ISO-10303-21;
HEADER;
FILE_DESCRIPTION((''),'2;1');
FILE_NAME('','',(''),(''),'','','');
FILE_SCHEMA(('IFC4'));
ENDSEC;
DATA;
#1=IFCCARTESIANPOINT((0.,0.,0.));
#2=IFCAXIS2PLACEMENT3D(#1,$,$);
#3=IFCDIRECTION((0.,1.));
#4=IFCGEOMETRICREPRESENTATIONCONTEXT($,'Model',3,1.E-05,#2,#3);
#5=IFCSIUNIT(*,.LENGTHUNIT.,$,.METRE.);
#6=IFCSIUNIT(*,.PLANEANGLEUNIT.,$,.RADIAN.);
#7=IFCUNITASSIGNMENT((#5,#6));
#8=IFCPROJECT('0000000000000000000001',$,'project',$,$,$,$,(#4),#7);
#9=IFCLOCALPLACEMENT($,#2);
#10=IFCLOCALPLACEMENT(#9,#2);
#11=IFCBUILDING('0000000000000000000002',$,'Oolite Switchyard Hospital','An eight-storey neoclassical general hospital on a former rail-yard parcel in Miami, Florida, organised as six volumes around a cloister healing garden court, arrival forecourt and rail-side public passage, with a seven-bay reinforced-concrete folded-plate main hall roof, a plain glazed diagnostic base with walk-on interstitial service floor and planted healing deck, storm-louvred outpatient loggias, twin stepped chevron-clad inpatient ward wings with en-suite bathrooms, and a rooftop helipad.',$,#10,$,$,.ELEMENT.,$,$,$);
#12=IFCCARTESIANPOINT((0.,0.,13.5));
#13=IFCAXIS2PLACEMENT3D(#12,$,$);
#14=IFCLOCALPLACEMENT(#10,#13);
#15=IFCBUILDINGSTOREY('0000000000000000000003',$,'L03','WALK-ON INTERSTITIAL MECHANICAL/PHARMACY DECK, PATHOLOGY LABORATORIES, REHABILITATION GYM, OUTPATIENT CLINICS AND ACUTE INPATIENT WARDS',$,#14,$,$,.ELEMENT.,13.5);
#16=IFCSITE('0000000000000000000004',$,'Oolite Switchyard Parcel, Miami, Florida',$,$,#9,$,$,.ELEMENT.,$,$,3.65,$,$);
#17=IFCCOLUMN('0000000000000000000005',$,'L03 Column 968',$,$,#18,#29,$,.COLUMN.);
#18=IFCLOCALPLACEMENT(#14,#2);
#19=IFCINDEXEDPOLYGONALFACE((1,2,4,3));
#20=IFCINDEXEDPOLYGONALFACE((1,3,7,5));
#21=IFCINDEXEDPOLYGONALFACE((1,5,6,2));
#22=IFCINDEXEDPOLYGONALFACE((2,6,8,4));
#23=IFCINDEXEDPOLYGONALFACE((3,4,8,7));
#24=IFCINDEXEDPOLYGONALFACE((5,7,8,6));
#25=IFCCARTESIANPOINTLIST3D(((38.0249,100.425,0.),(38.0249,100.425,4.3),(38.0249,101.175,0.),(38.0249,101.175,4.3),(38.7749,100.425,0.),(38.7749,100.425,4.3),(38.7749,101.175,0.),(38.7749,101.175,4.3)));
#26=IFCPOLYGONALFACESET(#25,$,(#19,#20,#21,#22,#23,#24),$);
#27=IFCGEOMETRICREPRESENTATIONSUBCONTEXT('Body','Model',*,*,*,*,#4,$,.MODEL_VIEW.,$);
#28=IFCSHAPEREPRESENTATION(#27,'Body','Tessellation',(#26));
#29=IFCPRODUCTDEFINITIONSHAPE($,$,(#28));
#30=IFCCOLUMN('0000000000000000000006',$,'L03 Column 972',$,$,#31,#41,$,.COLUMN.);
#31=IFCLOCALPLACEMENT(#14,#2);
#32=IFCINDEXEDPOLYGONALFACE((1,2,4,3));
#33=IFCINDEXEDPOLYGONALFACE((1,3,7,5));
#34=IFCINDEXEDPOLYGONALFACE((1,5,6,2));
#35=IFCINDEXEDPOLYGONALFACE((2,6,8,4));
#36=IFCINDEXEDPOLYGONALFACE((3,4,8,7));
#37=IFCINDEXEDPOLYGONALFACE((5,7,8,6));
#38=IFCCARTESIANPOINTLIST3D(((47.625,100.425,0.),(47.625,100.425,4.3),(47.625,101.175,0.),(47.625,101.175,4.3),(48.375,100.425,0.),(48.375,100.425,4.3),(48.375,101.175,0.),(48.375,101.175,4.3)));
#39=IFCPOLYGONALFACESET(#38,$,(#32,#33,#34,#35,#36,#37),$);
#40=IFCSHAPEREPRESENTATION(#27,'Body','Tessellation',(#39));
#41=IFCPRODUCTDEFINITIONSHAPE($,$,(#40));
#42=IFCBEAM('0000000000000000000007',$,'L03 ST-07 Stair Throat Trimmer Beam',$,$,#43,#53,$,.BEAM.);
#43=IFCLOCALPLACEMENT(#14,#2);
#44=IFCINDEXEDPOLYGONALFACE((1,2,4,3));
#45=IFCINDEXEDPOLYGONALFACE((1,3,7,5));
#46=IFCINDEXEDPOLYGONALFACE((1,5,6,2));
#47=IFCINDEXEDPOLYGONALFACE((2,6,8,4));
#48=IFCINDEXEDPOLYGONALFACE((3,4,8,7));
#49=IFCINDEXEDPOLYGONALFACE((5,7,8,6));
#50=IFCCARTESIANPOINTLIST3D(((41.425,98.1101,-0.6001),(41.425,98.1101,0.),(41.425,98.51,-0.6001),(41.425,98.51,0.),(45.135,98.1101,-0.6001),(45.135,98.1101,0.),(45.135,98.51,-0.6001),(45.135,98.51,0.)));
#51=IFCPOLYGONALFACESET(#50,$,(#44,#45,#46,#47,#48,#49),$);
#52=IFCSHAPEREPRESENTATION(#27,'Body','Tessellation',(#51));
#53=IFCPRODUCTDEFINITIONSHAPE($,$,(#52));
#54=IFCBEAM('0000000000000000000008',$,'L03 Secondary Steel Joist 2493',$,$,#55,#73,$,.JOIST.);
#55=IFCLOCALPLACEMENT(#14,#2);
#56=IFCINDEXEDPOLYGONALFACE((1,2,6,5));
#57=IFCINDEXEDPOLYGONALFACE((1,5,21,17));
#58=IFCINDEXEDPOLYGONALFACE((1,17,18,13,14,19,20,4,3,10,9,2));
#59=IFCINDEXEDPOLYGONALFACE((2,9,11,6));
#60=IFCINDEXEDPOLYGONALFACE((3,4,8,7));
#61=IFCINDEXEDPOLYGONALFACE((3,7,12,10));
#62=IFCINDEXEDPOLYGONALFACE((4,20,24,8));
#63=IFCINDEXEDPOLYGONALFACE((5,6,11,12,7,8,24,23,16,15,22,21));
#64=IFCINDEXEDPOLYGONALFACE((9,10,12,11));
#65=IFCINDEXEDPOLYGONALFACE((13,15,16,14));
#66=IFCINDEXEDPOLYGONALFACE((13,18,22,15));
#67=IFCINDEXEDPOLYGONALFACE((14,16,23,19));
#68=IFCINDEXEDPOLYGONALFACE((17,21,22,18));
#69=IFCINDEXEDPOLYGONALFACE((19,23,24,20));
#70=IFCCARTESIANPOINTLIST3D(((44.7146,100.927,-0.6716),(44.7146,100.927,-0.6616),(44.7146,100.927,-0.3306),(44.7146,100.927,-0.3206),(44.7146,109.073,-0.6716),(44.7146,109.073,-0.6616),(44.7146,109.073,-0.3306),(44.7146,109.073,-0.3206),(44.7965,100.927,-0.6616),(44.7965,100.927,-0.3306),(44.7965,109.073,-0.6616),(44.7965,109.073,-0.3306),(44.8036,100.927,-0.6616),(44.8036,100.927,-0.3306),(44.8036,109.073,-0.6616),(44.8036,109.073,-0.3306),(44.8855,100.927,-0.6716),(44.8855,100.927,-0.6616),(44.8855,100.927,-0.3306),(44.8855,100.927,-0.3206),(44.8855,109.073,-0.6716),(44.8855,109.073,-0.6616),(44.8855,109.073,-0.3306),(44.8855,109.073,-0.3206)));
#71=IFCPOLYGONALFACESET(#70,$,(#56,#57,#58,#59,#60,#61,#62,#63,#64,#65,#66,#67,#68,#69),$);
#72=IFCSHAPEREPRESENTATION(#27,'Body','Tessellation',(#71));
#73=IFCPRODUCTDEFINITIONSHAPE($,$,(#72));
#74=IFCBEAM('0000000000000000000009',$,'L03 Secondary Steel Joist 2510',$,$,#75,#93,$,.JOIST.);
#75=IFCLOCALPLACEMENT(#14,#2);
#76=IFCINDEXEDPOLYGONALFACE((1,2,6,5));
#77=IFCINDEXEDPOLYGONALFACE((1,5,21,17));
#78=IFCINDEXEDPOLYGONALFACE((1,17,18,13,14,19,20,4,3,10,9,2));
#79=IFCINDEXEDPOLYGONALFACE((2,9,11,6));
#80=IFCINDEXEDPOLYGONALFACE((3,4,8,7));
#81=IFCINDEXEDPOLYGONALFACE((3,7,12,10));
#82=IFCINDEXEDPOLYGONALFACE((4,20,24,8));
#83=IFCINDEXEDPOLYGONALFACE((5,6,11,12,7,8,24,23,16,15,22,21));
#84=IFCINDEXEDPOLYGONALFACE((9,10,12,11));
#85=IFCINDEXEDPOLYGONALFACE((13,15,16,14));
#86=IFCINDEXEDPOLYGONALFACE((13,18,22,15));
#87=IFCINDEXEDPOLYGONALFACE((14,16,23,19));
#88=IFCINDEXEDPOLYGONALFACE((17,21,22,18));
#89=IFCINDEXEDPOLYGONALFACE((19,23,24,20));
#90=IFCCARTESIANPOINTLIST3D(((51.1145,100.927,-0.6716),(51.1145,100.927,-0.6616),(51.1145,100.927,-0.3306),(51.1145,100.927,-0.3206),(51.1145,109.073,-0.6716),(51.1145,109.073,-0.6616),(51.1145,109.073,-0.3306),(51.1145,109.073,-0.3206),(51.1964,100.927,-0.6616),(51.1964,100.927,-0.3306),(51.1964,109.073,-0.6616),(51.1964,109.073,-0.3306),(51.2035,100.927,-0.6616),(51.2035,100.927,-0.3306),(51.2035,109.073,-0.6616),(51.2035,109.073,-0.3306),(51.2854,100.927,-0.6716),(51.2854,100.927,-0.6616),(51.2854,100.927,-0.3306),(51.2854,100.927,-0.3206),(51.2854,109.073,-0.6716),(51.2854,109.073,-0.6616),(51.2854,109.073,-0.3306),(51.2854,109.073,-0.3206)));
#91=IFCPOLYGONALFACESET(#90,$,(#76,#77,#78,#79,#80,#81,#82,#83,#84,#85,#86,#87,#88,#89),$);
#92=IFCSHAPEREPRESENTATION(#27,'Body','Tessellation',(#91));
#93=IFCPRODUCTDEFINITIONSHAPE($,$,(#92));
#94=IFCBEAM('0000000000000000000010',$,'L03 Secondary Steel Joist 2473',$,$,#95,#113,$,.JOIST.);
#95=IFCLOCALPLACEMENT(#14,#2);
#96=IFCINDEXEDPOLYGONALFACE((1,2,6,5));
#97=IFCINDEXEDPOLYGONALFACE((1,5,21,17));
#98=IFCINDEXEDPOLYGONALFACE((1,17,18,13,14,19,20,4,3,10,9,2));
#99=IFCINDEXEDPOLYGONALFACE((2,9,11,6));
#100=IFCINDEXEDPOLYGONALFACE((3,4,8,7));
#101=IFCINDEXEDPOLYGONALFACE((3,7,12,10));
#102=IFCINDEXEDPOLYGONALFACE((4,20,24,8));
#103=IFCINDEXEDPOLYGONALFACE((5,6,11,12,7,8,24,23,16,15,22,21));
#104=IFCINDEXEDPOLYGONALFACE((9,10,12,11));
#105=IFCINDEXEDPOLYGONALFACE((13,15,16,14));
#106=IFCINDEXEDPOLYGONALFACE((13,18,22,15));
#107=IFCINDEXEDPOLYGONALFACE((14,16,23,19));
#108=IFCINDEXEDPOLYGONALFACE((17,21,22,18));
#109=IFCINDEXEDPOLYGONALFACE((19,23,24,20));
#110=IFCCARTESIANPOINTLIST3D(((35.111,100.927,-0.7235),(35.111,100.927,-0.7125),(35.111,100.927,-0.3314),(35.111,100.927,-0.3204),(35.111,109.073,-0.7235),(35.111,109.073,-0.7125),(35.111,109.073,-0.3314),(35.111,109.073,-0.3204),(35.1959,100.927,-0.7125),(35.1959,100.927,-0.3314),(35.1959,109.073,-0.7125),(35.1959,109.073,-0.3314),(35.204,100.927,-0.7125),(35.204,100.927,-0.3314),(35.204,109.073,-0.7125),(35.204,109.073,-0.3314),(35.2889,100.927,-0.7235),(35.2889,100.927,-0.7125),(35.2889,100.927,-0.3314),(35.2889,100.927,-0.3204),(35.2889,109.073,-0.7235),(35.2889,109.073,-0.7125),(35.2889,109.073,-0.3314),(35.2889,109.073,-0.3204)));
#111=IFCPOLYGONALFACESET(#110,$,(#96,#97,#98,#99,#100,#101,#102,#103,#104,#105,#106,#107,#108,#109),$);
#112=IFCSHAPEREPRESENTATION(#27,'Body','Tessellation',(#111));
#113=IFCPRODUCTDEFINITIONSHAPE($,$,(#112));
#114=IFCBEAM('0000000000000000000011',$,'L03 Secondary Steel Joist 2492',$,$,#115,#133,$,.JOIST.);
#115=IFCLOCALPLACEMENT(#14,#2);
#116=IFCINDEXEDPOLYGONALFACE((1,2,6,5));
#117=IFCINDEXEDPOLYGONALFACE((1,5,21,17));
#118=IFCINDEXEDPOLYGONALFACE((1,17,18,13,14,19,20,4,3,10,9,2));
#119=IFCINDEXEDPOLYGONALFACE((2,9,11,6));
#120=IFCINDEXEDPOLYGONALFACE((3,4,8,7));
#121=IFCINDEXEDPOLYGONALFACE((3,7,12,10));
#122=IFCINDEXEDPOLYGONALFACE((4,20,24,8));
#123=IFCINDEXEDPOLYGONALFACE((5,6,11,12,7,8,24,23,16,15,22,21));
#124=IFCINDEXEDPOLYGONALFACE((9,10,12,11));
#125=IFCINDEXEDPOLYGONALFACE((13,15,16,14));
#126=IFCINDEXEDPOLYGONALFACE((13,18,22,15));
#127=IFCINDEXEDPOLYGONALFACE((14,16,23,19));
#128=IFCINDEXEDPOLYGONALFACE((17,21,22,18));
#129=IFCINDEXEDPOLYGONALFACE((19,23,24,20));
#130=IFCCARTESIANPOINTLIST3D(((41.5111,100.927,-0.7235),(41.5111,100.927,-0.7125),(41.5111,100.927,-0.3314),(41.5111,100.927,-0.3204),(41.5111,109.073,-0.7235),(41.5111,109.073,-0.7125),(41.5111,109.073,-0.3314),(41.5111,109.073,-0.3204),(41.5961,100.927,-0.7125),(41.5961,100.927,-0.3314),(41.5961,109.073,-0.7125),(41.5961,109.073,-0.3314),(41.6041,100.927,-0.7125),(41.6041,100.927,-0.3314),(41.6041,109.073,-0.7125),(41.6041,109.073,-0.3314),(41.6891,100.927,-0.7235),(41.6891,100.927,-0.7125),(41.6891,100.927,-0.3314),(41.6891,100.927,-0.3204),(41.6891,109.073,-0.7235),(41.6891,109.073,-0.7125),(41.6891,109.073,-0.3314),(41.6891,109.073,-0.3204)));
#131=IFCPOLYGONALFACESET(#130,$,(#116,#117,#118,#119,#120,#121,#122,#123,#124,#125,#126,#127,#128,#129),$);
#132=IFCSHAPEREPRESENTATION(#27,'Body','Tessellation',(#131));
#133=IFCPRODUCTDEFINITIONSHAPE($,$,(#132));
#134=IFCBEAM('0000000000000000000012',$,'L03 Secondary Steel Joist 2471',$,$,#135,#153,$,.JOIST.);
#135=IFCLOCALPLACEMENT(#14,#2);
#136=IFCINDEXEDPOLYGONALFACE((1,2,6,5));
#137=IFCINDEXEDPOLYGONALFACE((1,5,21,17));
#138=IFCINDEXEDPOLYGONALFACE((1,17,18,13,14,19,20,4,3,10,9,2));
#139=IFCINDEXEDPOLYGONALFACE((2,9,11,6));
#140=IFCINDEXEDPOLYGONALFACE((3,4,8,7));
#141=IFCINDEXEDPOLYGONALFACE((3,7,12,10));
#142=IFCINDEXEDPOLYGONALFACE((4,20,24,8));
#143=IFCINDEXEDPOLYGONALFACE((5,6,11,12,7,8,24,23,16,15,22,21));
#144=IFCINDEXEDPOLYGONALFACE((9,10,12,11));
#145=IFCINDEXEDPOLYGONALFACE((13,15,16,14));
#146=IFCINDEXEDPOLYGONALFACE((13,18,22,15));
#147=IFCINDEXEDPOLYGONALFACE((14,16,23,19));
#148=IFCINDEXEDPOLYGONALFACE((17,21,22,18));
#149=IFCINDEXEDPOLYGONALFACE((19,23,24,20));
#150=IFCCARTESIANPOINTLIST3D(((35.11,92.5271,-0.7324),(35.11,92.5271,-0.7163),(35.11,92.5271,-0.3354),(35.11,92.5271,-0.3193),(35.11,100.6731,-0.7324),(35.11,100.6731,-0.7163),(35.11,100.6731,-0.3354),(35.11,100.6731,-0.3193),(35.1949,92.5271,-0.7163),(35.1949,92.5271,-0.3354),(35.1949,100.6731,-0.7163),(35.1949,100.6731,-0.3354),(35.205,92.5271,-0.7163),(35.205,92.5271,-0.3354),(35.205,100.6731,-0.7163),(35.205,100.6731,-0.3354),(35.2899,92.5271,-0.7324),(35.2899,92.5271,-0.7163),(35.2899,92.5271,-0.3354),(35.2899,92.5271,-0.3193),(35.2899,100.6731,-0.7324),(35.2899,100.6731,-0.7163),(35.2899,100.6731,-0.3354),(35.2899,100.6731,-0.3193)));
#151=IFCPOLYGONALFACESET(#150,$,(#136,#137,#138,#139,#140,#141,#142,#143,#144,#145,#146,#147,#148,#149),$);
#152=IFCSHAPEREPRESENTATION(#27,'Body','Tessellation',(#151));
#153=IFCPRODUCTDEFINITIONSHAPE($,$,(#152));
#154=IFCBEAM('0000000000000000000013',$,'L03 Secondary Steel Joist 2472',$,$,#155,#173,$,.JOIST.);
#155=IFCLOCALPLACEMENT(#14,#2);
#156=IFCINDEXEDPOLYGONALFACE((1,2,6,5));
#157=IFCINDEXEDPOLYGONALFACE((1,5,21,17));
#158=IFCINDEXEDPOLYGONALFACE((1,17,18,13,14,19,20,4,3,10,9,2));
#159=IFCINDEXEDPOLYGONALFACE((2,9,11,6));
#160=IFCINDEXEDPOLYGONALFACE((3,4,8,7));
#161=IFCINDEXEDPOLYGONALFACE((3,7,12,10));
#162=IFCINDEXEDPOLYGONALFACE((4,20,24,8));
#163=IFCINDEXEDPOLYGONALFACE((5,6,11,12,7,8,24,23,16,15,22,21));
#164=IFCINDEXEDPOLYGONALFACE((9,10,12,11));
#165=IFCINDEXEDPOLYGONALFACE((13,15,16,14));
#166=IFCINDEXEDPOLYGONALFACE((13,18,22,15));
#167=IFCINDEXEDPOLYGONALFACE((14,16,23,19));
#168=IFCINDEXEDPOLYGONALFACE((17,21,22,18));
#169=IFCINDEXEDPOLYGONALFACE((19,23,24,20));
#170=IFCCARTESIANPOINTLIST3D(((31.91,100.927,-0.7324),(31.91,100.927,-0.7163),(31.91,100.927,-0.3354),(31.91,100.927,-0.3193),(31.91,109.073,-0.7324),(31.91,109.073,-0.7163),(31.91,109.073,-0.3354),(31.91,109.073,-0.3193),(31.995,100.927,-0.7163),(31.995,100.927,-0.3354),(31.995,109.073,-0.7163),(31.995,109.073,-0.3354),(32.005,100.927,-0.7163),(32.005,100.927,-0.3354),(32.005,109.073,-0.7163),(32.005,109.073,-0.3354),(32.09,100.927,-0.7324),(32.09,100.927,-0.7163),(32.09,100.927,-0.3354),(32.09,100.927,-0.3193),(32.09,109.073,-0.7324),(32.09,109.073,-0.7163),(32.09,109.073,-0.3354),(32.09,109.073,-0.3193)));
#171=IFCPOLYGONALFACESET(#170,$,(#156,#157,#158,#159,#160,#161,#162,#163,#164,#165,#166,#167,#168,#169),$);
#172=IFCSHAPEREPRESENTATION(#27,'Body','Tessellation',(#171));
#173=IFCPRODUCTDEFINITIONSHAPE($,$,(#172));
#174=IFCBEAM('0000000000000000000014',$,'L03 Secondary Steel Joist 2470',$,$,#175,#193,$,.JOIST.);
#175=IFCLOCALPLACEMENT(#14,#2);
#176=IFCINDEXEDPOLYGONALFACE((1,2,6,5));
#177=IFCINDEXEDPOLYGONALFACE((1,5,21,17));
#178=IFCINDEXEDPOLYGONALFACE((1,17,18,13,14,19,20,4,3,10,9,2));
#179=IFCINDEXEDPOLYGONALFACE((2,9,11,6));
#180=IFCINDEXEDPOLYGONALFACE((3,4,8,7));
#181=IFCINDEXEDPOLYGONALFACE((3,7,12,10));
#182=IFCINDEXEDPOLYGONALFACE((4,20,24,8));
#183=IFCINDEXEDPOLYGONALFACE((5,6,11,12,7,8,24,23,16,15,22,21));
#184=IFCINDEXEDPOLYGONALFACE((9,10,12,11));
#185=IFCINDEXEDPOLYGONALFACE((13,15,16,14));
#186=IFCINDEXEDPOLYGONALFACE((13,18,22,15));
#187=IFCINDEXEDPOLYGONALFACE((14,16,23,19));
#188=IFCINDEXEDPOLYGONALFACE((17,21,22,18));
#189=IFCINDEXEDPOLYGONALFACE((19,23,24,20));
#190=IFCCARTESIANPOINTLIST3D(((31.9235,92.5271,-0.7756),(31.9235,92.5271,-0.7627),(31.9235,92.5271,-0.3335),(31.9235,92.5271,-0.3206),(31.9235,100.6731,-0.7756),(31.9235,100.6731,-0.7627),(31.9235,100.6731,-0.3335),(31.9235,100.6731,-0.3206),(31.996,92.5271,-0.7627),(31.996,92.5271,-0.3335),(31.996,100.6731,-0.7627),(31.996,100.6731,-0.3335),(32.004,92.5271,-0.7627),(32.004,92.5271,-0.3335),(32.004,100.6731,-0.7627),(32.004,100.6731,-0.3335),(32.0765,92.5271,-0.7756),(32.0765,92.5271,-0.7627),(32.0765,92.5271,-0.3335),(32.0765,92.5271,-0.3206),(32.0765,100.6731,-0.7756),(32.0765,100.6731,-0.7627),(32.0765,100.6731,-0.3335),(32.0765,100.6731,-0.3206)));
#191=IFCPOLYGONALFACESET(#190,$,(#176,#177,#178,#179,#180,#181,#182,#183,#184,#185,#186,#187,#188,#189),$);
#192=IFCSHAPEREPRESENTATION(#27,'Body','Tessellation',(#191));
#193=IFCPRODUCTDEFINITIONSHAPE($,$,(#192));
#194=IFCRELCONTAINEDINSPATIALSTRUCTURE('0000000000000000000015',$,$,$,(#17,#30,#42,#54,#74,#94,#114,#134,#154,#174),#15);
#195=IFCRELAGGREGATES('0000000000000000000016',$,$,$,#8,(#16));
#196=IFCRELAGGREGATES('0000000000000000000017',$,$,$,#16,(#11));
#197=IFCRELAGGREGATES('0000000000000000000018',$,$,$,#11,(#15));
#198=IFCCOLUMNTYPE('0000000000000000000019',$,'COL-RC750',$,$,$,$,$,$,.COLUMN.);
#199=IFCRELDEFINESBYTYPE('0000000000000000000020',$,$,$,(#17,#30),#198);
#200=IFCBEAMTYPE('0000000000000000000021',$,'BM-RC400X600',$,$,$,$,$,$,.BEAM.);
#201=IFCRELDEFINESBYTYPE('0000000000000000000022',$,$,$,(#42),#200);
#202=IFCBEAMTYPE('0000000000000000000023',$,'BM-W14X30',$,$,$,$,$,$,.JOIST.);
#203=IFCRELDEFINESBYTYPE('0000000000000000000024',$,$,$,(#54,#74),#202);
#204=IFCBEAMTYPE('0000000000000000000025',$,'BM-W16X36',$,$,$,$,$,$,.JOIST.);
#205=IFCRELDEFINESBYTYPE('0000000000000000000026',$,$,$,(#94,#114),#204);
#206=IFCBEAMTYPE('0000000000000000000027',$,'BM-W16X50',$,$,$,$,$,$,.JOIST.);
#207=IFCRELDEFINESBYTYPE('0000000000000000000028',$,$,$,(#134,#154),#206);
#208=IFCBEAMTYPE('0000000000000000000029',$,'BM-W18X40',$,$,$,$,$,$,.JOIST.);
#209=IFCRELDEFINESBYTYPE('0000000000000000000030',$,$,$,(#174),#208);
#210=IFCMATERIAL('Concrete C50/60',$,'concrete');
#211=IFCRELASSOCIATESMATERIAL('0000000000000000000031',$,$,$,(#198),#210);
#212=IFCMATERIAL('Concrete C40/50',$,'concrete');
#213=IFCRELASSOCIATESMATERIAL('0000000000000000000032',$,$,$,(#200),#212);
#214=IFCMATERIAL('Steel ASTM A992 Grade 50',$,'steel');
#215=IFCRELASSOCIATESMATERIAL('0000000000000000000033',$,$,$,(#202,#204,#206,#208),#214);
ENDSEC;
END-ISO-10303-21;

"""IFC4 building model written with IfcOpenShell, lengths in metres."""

from ifc_helpers import new_model, si_unit, direction, frame, origin, origin_2d, place, context, subcontext, project, spatial, rectangle, i_section, extrude, material, material_profile, profile_set, type_object, element, save


model = new_model("IFC4")

# Units and contexts
model_context = context("Model", 3, precision=1e-05, world=origin(), true_north=direction((0.0, 1.0)))
body_context = subcontext(model_context, "Body", "Model", "MODEL_VIEW")
ifc_project = project(units=[si_unit("LENGTHUNIT", "METRE"), si_unit("PLANEANGLEUNIT", "RADIAN")], contexts=[model_context])

# Site, building, storey
site_placement = place(None, origin())
site = spatial("IfcSite", under=ifc_project, at=site_placement, Name="Oolite Switchyard Parcel, Miami, Florida", CompositionType="ELEMENT", RefElevation=3.65)
building_placement = place(site_placement, origin())
building = spatial("IfcBuilding", under=site, at=building_placement, Name="Oolite Switchyard Hospital", Description="An eight-storey neoclassical general hospital on a former rail-yard parcel in Miami, Florida, organised as six volumes around a cloister healing garden court, arrival forecourt and rail-side public passage, with a seven-bay reinforced-concrete folded-plate main hall roof, a plain glazed diagnostic base with walk-on interstitial service floor and planted healing deck, storm-louvred outpatient loggias, twin stepped chevron-clad inpatient ward wings with en-suite bathrooms, and a rooftop helipad.", CompositionType="ELEMENT")
storey_placement = place(building_placement, frame((0.0, 0.0, 13.5)))
storey = spatial("IfcBuildingStorey", under=building, at=storey_placement, Name="L03", Description="WALK-ON INTERSTITIAL MECHANICAL/PHARMACY DECK, PATHOLOGY LABORATORIES, REHABILITATION GYM, OUTPATIENT CLINICS AND ACUTE INPATIENT WARDS", CompositionType="ELEMENT", Elevation=13.5)

# Columns
ifc_material_1 = material(Name="Concrete C50/60", Category="concrete")
ifc_material_profile_1 = material_profile(ifc_material_1, rectangle(XDim=0.75, YDim=0.75, at=origin_2d()), Name="RC750X750")
ifc_profile_set_1 = profile_set([ifc_material_profile_1], Name="Concrete C50/60")
column_type = type_object("IfcColumnType", Name="COL-RC750", PredefinedType="COLUMN", material=ifc_profile_set_1)
for number, where, z_axis, x_axis, name in (
    (1, (38.3999, 100.8, 0.0), (0.0, 0.0, 1.0), (1.0, 0.0, 0.0), "L03 Column 968"),
    (2, (48.0, 100.8, 0.0), (0.0, 0.0, 1.0), (1.0, 0.0, 0.0), "L03 Column 972"),
):
    element("IfcColumn", number, at=place(storey_placement, frame(where, z_axis=z_axis, x_axis=x_axis)), inside=storey, type_object=column_type, Name=name, PredefinedType="COLUMN", context=body_context, shape_type="SweptSolid", body=[
        extrude(rectangle(XDim=0.75, YDim=0.75, at=origin_2d()), origin(), (0.0, 0.0, 1.0), 4.3),
    ])

# Beams
ifc_material_2 = material(Name="Concrete C40/50", Category="concrete")
ifc_material_profile_2 = material_profile(ifc_material_2, rectangle(XDim=0.3999, YDim=0.6001, at=origin_2d()), Name="RCB400X600")
ifc_profile_set_2 = profile_set([ifc_material_profile_2], Name="Concrete C40/50")
beam_type_1 = type_object("IfcBeamType", Name="BM-RC400X600", PredefinedType="BEAM", material=ifc_profile_set_2)
beam_1_placement = place(storey_placement, frame((41.425, 98.3101, -0.3), z_axis=(1.0, 0.0, 0.0), x_axis=(0.0, 1.0, 0.0)))
element("IfcBeam", 3, at=beam_1_placement, inside=storey, type_object=beam_type_1, Name="L03 ST-07 Stair Throat Trimmer Beam", PredefinedType="BEAM", context=body_context, shape_type="SweptSolid", body=[
    extrude(rectangle(XDim=0.3999, YDim=0.6001, at=origin_2d()), origin(), (0.0, 0.0, 1.0), 3.71),
])
ifc_material_3 = material(Name="Steel ASTM A992 Grade 50", Category="steel")
ifc_material_profile_3 = material_profile(ifc_material_3, i_section(OverallWidth=0.1709, OverallDepth=0.3511, WebThickness=0.0071, FlangeThickness=0.01, at=origin_2d()), Name="W14X30")
ifc_profile_set_3 = profile_set([ifc_material_profile_3], Name="Steel ASTM A992 Grade 50")
beam_type_2 = type_object("IfcBeamType", Name="BM-W14X30", PredefinedType="JOIST", material=ifc_profile_set_3)
for number, where, z_axis, x_axis, name in (
    (4, (44.8, 100.927, -0.4961), (0.0, 1.0, 0.0), (-1.0, 0.0, 0.0), "L03 Secondary Steel Joist 2493"),
    (5, (51.2, 100.927, -0.4961), (0.0, 1.0, 0.0), (-1.0, 0.0, 0.0), "L03 Secondary Steel Joist 2510"),
):
    element("IfcBeam", number, at=place(storey_placement, frame(where, z_axis=z_axis, x_axis=x_axis)), inside=storey, type_object=beam_type_2, Name=name, PredefinedType="JOIST", context=body_context, shape_type="SweptSolid", body=[
        extrude(i_section(OverallWidth=0.1709, OverallDepth=0.3511, WebThickness=0.0071, FlangeThickness=0.01, at=origin_2d()), origin(), (0.0, 0.0, 1.0), 8.146),
    ])
ifc_material_profile_4 = material_profile(ifc_material_3, i_section(OverallWidth=0.178, OverallDepth=0.4031, WebThickness=0.0081, FlangeThickness=0.011, at=origin_2d()), Name="W16X36")
ifc_profile_set_4 = profile_set([ifc_material_profile_4], Name="Steel ASTM A992 Grade 50")
beam_type_3 = type_object("IfcBeamType", Name="BM-W16X36", PredefinedType="JOIST", material=ifc_profile_set_4)
for number, where, z_axis, x_axis, name in (
    (6, (35.2, 100.927, -0.522), (0.0, 1.0, 0.0), (-1.0, 0.0, 0.0), "L03 Secondary Steel Joist 2473"),
    (7, (41.6001, 100.927, -0.522), (0.0, 1.0, 0.0), (-1.0, 0.0, 0.0), "L03 Secondary Steel Joist 2492"),
):
    element("IfcBeam", number, at=place(storey_placement, frame(where, z_axis=z_axis, x_axis=x_axis)), inside=storey, type_object=beam_type_3, Name=name, PredefinedType="JOIST", context=body_context, shape_type="SweptSolid", body=[
        extrude(i_section(OverallWidth=0.178, OverallDepth=0.4031, WebThickness=0.0081, FlangeThickness=0.011, at=origin_2d()), origin(), (0.0, 0.0, 1.0), 8.146),
    ])
ifc_material_profile_5 = material_profile(ifc_material_3, i_section(OverallWidth=0.1799, OverallDepth=0.4131, WebThickness=0.01, FlangeThickness=0.0161, at=origin_2d()), Name="W16X50")
ifc_profile_set_5 = profile_set([ifc_material_profile_5], Name="Steel ASTM A992 Grade 50")
beam_type_4 = type_object("IfcBeamType", Name="BM-W16X50", PredefinedType="JOIST", material=ifc_profile_set_5)
for number, where, z_axis, x_axis, name in (
    (8, (35.2, 92.5271, -0.5259), (0.0, 1.0, 0.0), (-1.0, 0.0, 0.0), "L03 Secondary Steel Joist 2471"),
    (9, (32.0, 100.927, -0.5259), (0.0, 1.0, 0.0), (-1.0, 0.0, 0.0), "L03 Secondary Steel Joist 2472"),
):
    element("IfcBeam", number, at=place(storey_placement, frame(where, z_axis=z_axis, x_axis=x_axis)), inside=storey, type_object=beam_type_4, Name=name, PredefinedType="JOIST", context=body_context, shape_type="SweptSolid", body=[
        extrude(i_section(OverallWidth=0.1799, OverallDepth=0.4131, WebThickness=0.01, FlangeThickness=0.0161, at=origin_2d()), origin(), (0.0, 0.0, 1.0), 8.146),
    ])
ifc_material_profile_6 = material_profile(ifc_material_3, i_section(OverallWidth=0.1531, OverallDepth=0.4551, WebThickness=0.0081, FlangeThickness=0.0129, at=origin_2d()), Name="W18X40")
ifc_profile_set_6 = profile_set([ifc_material_profile_6], Name="Steel ASTM A992 Grade 50")
beam_type_5 = type_object("IfcBeamType", Name="BM-W18X40", PredefinedType="JOIST", material=ifc_profile_set_6)
beam_2_placement = place(storey_placement, frame((32.0, 92.5271, -0.5481), z_axis=(0.0, 1.0, 0.0), x_axis=(-1.0, 0.0, 0.0)))
element("IfcBeam", 10, at=beam_2_placement, inside=storey, type_object=beam_type_5, Name="L03 Secondary Steel Joist 2470", PredefinedType="JOIST", context=body_context, shape_type="SweptSolid", body=[
    extrude(i_section(OverallWidth=0.1531, OverallDepth=0.4551, WebThickness=0.0081, FlangeThickness=0.0129, at=origin_2d()), origin(), (0.0, 0.0, 1.0), 8.146),
])

save(model, "model.ifc")
